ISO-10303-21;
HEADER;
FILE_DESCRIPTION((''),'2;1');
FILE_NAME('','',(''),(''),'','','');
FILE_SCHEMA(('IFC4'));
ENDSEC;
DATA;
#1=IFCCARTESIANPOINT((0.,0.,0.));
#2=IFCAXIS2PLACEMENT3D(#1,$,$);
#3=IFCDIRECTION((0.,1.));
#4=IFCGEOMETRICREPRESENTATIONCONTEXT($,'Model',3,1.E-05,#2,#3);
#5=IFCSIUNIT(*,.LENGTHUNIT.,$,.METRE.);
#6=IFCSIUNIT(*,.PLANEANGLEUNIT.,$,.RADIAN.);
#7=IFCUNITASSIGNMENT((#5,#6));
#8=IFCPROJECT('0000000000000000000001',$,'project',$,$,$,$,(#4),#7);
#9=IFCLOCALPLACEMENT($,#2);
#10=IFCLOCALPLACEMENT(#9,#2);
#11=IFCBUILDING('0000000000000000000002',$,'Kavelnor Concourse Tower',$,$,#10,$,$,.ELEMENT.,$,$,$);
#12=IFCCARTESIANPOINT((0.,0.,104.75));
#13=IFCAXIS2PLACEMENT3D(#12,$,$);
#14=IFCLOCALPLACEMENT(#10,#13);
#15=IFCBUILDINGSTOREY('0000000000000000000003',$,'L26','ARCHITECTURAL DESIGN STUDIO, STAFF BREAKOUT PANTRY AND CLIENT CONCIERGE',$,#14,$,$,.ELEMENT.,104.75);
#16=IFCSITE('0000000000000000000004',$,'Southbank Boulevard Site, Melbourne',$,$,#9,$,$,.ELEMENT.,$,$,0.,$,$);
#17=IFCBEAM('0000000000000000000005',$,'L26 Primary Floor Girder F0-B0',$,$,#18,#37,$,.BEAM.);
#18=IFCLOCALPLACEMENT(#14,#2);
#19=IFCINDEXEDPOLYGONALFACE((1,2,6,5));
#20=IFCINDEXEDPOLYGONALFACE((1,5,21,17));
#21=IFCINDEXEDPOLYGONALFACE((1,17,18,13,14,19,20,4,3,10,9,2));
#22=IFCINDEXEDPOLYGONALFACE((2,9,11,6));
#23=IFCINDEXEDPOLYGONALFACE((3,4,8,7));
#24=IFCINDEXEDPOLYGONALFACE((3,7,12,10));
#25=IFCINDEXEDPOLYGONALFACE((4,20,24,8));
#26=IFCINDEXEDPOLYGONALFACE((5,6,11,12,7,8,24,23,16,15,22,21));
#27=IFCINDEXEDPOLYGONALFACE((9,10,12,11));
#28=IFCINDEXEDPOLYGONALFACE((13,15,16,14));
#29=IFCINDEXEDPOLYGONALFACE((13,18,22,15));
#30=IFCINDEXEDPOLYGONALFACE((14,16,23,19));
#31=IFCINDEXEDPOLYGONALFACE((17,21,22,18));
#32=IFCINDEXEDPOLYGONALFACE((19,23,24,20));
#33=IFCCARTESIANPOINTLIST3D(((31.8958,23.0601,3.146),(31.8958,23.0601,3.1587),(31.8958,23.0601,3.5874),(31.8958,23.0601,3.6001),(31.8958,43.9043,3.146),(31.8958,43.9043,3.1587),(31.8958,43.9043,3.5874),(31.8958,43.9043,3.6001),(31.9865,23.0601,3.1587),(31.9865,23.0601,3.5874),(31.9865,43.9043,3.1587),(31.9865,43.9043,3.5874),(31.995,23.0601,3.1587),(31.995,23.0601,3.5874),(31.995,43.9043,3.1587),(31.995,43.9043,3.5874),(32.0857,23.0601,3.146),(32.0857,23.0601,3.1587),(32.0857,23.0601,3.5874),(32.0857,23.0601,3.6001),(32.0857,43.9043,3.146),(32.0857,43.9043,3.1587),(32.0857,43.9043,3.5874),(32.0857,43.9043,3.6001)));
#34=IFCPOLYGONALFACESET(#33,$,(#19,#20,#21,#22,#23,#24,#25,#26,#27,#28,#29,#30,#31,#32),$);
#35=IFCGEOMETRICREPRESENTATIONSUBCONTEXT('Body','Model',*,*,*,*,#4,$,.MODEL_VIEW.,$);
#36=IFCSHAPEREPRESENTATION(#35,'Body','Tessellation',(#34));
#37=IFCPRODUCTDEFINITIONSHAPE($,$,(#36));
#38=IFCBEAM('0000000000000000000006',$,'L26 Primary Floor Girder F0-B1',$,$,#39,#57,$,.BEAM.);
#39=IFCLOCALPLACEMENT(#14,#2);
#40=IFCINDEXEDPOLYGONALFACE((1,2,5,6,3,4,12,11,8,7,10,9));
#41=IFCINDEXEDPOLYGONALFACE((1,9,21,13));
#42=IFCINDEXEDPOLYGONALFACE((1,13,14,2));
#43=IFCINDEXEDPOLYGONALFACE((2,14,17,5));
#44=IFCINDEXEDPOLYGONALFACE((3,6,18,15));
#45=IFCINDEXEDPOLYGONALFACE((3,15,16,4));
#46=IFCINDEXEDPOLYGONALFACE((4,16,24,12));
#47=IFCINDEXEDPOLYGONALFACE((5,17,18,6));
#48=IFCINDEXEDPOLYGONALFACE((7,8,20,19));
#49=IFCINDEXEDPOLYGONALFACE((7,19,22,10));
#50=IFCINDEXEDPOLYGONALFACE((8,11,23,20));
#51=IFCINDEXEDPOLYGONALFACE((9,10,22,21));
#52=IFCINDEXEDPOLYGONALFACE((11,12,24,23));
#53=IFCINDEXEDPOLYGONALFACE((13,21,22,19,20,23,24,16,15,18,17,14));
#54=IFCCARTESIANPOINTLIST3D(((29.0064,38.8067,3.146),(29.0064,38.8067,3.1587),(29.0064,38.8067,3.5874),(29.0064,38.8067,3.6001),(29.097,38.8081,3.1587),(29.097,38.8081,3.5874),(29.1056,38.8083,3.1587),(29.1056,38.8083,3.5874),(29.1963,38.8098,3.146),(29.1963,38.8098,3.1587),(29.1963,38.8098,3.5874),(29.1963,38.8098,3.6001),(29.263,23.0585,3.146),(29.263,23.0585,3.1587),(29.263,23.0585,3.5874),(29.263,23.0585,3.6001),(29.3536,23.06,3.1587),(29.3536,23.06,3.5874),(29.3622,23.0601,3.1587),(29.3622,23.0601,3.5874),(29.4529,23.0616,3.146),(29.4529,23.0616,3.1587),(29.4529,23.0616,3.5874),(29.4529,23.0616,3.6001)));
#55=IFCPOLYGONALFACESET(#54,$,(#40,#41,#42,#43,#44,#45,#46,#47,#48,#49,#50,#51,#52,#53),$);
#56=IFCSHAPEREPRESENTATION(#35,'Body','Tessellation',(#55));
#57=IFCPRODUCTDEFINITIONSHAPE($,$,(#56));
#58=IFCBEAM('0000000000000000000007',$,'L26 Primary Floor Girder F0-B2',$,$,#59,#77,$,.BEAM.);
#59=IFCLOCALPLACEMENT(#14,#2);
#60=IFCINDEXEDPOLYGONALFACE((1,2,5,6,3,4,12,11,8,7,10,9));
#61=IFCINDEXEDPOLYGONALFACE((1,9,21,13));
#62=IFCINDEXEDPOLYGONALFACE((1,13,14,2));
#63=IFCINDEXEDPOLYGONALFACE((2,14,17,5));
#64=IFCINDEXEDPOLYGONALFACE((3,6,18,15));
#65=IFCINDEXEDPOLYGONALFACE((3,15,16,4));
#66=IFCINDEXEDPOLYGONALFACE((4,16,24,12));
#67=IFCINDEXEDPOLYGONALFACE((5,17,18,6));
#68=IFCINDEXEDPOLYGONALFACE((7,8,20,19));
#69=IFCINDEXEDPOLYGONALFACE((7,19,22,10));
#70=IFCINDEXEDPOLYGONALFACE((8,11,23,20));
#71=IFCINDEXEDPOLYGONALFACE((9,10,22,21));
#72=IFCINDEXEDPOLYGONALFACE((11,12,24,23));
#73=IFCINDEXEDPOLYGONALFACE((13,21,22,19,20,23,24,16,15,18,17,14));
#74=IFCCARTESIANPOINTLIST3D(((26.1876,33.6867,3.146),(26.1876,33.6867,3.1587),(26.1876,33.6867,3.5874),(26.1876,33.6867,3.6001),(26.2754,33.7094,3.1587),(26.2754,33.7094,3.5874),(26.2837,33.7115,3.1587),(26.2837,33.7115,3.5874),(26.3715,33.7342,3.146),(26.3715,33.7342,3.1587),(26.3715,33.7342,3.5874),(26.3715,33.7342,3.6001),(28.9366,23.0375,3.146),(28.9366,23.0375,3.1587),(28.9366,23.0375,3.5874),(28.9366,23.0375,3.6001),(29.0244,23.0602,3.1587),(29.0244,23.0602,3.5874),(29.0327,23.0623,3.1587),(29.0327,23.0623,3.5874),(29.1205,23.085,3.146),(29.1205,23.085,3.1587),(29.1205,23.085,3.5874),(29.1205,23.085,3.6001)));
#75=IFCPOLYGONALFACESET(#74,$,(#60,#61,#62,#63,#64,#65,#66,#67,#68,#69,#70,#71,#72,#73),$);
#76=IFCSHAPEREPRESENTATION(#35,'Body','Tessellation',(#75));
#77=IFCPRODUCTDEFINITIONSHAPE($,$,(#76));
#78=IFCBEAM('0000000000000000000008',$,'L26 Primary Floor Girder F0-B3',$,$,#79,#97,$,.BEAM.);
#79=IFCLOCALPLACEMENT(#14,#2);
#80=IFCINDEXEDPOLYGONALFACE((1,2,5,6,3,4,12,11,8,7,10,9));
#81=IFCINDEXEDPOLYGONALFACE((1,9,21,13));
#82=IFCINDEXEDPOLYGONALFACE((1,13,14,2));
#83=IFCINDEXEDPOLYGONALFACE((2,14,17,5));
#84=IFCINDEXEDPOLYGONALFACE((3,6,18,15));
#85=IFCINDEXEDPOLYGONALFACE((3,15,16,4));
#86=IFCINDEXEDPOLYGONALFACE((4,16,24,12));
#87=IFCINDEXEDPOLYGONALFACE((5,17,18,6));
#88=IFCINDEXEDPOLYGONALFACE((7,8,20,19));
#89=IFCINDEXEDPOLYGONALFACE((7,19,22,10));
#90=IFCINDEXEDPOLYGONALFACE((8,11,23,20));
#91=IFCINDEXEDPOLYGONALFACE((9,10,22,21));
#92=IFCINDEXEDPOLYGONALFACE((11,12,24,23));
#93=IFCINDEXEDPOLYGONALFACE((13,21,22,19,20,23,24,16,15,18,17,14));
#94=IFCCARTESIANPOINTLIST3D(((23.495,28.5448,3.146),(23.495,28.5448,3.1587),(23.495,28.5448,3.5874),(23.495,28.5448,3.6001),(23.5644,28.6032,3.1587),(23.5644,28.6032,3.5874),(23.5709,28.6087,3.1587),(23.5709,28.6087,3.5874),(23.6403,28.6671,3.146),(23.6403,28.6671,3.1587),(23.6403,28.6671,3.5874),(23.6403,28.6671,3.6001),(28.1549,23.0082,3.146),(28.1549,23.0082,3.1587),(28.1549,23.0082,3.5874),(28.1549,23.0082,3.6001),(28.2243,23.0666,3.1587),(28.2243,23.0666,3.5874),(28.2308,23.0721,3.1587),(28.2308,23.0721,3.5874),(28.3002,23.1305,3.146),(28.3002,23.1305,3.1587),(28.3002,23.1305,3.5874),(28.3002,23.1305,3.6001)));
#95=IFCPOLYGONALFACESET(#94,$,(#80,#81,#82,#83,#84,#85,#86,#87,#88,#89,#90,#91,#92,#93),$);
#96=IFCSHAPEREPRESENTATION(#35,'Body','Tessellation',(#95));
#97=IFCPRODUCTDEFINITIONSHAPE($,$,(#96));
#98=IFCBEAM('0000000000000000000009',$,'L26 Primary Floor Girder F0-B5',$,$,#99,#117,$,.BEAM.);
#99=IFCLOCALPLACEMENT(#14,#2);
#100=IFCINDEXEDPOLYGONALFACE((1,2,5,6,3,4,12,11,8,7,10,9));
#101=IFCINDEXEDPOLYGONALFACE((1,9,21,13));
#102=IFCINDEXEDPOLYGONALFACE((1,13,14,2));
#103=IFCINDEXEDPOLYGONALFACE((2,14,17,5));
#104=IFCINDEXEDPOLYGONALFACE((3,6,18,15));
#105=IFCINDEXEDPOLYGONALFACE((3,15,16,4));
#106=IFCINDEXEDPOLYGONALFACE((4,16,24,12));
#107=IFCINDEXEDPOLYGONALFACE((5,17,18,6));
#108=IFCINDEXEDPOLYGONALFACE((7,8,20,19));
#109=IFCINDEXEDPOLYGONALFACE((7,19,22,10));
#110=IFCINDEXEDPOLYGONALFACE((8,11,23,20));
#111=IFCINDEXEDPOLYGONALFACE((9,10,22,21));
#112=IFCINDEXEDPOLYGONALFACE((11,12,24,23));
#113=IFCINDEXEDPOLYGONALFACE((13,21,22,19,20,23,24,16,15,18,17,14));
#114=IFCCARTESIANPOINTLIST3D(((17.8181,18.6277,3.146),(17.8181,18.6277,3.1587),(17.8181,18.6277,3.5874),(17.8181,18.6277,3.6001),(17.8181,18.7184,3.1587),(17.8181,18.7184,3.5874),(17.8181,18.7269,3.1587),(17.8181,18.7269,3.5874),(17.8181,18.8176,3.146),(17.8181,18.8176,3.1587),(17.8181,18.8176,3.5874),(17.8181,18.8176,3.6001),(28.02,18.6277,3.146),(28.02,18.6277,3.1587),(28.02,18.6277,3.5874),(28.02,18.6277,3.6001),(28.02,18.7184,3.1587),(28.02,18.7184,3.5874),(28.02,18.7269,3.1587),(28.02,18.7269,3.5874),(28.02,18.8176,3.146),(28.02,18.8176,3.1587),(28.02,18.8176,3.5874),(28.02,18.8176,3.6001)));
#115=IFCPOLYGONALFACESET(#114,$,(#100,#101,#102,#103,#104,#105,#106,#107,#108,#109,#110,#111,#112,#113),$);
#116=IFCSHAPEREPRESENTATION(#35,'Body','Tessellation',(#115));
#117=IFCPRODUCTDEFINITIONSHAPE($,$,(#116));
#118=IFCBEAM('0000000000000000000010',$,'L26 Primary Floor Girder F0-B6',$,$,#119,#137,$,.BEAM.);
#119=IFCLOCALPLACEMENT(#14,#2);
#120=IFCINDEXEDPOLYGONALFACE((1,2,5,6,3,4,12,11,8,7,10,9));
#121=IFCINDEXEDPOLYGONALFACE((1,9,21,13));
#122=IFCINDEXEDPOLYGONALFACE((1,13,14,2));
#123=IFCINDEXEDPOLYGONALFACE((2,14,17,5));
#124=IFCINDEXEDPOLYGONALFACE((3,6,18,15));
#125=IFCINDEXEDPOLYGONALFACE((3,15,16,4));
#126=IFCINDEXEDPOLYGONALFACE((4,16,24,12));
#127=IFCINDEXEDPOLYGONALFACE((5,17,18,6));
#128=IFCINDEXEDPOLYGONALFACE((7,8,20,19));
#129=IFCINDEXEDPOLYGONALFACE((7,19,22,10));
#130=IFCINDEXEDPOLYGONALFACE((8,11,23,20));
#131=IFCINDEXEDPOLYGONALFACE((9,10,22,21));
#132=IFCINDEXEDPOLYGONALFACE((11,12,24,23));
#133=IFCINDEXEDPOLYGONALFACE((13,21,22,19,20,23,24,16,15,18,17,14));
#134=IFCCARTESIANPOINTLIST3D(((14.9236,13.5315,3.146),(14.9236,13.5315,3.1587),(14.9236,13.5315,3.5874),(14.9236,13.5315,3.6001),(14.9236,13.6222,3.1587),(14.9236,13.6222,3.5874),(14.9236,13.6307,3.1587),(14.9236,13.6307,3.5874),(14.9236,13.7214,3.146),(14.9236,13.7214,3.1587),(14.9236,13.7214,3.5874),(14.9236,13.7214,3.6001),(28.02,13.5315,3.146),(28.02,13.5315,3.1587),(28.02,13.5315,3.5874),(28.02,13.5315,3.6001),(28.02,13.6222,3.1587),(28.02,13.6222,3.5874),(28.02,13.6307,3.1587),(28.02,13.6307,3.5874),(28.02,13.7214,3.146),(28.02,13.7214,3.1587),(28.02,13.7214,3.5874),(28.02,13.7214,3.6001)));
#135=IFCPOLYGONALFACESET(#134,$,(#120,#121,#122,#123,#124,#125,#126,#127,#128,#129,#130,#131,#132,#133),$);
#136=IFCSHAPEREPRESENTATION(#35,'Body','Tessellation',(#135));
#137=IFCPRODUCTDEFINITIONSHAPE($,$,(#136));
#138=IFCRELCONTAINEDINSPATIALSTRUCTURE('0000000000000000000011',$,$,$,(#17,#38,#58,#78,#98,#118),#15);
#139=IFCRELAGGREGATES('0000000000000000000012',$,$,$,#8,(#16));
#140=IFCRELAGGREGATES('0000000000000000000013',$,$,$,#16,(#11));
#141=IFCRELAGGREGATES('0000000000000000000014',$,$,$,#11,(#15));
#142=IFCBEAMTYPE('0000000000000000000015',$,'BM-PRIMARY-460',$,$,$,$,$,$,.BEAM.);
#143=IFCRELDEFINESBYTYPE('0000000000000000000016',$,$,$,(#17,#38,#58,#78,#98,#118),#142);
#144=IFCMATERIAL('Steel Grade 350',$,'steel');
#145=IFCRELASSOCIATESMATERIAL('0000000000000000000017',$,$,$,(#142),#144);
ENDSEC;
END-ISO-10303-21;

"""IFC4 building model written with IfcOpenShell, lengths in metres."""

from ifc_helpers import new_model, si_unit, direction, frame, origin, origin_2d, place, context, subcontext, project, spatial, i_section, extrude, material, material_profile, profile_set, type_object, element, save


model = new_model("IFC4")

# Units and contexts
model_context = context("Model", 3, precision=1e-05, world=origin(), true_north=direction((0.0, 1.0)))
body_context = subcontext(model_context, "Body", "Model", "MODEL_VIEW")
ifc_project = project(units=[si_unit("LENGTHUNIT", "METRE"), si_unit("PLANEANGLEUNIT", "RADIAN")], contexts=[model_context])

# Site, building, storey
site_placement = place(None, origin())
site = spatial("IfcSite", under=ifc_project, at=site_placement, Name="Southbank Boulevard Site, Melbourne", CompositionType="ELEMENT", RefElevation=0.0)
building_placement = place(site_placement, origin())
building = spatial("IfcBuilding", under=site, at=building_placement, Name="Kavelnor Concourse Tower", CompositionType="ELEMENT")
storey_placement = place(building_placement, frame((0.0, 0.0, 104.75)))
storey = spatial("IfcBuildingStorey", under=building, at=storey_placement, Name="L26", Description="ARCHITECTURAL DESIGN STUDIO, STAFF BREAKOUT PANTRY AND CLIENT CONCIERGE", CompositionType="ELEMENT", Elevation=104.75)

# Beams
ifc_material_1 = material(Name="Steel Grade 350", Category="steel")
ifc_material_profile = material_profile(ifc_material_1, i_section(OverallWidth=0.1899, OverallDepth=0.4541, WebThickness=0.0085, FlangeThickness=0.0127, at=origin_2d()), Name="460UB67")
ifc_profile_set = profile_set([ifc_material_profile], Name="Steel Grade 350")
beam_type = type_object("IfcBeamType", Name="BM-PRIMARY-460", PredefinedType="BEAM", material=ifc_profile_set)
beam_1_placement = place(storey_placement, frame((31.9907, 23.0601, 3.373), z_axis=(0.0, 1.0, 0.0), x_axis=(-1.0, 0.0, 0.0)))
element("IfcBeam", 1, at=beam_1_placement, inside=storey, type_object=beam_type, Name="L26 Primary Floor Girder F0-B0", PredefinedType="BEAM", context=body_context, shape_type="SweptSolid", body=[
    extrude(i_section(OverallWidth=0.1899, OverallDepth=0.4541, WebThickness=0.0085, FlangeThickness=0.0127, at=origin_2d()), origin(), (0.0, 0.0, 1.0), 20.8442),
])
beam_2_placement = place(storey_placement, frame((29.3579, 23.0601, 3.373), z_axis=(-0.016291, 0.999867, 0.0), x_axis=(-0.999867, -0.016291, 0.0)))
element("IfcBeam", 2, at=beam_2_placement, inside=storey, type_object=beam_type, Name="L26 Primary Floor Girder F0-B1", PredefinedType="BEAM", context=body_context, shape_type="SweptSolid", body=[
    extrude(i_section(OverallWidth=0.1899, OverallDepth=0.4541, WebThickness=0.0085, FlangeThickness=0.0127, at=origin_2d()), origin(), (0.0, 0.0, 1.0), 15.7502),
])
beam_3_placement = place(storey_placement, frame((29.0286, 23.0613, 3.373), z_axis=(-0.249951, 0.968259, 0.0), x_axis=(-0.968259, -0.249951, 0.0)))
element("IfcBeam", 3, at=beam_3_placement, inside=storey, type_object=beam_type, Name="L26 Primary Floor Girder F0-B2", PredefinedType="BEAM", context=body_context, shape_type="SweptSolid", body=[
    extrude(i_section(OverallWidth=0.1899, OverallDepth=0.4541, WebThickness=0.0085, FlangeThickness=0.0127, at=origin_2d()), origin(), (0.0, 0.0, 1.0), 10.9983),
])
beam_4_placement = place(storey_placement, frame((28.2275, 23.0693, 3.373), z_axis=(-0.643933, 0.765082, 0.0), x_axis=(-0.765082, -0.643933, 0.0)))
element("IfcBeam", 4, at=beam_4_placement, inside=storey, type_object=beam_type, Name="L26 Primary Floor Girder F0-B3", PredefinedType="BEAM", context=body_context, shape_type="SweptSolid", body=[
    extrude(i_section(OverallWidth=0.1899, OverallDepth=0.4541, WebThickness=0.0085, FlangeThickness=0.0127, at=origin_2d()), origin(), (0.0, 0.0, 1.0), 7.2366),
])
beam_5_placement = place(storey_placement, frame((28.02, 18.7227, 3.373), z_axis=(-1.0, 0.0, 0.0), x_axis=(0.0, -1.0, 0.0)))
element("IfcBeam", 5, at=beam_5_placement, inside=storey, type_object=beam_type, Name="L26 Primary Floor Girder F0-B5", PredefinedType="BEAM", context=body_context, shape_type="SweptSolid", body=[
    extrude(i_section(OverallWidth=0.1899, OverallDepth=0.4541, WebThickness=0.0085, FlangeThickness=0.0127, at=origin_2d()), origin(), (0.0, 0.0, 1.0), 10.2019),
])
beam_6_placement = place(storey_placement, frame((28.02, 13.6265, 3.373), z_axis=(-1.0, 0.0, 0.0), x_axis=(0.0, -1.0, 0.0)))
element("IfcBeam", 6, at=beam_6_placement, inside=storey, type_object=beam_type, Name="L26 Primary Floor Girder F0-B6", PredefinedType="BEAM", context=body_context, shape_type="SweptSolid", body=[
    extrude(i_section(OverallWidth=0.1899, OverallDepth=0.4541, WebThickness=0.0085, FlangeThickness=0.0127, at=origin_2d()), origin(), (0.0, 0.0, 1.0), 13.0964),
])

save(model, "model.ifc")
